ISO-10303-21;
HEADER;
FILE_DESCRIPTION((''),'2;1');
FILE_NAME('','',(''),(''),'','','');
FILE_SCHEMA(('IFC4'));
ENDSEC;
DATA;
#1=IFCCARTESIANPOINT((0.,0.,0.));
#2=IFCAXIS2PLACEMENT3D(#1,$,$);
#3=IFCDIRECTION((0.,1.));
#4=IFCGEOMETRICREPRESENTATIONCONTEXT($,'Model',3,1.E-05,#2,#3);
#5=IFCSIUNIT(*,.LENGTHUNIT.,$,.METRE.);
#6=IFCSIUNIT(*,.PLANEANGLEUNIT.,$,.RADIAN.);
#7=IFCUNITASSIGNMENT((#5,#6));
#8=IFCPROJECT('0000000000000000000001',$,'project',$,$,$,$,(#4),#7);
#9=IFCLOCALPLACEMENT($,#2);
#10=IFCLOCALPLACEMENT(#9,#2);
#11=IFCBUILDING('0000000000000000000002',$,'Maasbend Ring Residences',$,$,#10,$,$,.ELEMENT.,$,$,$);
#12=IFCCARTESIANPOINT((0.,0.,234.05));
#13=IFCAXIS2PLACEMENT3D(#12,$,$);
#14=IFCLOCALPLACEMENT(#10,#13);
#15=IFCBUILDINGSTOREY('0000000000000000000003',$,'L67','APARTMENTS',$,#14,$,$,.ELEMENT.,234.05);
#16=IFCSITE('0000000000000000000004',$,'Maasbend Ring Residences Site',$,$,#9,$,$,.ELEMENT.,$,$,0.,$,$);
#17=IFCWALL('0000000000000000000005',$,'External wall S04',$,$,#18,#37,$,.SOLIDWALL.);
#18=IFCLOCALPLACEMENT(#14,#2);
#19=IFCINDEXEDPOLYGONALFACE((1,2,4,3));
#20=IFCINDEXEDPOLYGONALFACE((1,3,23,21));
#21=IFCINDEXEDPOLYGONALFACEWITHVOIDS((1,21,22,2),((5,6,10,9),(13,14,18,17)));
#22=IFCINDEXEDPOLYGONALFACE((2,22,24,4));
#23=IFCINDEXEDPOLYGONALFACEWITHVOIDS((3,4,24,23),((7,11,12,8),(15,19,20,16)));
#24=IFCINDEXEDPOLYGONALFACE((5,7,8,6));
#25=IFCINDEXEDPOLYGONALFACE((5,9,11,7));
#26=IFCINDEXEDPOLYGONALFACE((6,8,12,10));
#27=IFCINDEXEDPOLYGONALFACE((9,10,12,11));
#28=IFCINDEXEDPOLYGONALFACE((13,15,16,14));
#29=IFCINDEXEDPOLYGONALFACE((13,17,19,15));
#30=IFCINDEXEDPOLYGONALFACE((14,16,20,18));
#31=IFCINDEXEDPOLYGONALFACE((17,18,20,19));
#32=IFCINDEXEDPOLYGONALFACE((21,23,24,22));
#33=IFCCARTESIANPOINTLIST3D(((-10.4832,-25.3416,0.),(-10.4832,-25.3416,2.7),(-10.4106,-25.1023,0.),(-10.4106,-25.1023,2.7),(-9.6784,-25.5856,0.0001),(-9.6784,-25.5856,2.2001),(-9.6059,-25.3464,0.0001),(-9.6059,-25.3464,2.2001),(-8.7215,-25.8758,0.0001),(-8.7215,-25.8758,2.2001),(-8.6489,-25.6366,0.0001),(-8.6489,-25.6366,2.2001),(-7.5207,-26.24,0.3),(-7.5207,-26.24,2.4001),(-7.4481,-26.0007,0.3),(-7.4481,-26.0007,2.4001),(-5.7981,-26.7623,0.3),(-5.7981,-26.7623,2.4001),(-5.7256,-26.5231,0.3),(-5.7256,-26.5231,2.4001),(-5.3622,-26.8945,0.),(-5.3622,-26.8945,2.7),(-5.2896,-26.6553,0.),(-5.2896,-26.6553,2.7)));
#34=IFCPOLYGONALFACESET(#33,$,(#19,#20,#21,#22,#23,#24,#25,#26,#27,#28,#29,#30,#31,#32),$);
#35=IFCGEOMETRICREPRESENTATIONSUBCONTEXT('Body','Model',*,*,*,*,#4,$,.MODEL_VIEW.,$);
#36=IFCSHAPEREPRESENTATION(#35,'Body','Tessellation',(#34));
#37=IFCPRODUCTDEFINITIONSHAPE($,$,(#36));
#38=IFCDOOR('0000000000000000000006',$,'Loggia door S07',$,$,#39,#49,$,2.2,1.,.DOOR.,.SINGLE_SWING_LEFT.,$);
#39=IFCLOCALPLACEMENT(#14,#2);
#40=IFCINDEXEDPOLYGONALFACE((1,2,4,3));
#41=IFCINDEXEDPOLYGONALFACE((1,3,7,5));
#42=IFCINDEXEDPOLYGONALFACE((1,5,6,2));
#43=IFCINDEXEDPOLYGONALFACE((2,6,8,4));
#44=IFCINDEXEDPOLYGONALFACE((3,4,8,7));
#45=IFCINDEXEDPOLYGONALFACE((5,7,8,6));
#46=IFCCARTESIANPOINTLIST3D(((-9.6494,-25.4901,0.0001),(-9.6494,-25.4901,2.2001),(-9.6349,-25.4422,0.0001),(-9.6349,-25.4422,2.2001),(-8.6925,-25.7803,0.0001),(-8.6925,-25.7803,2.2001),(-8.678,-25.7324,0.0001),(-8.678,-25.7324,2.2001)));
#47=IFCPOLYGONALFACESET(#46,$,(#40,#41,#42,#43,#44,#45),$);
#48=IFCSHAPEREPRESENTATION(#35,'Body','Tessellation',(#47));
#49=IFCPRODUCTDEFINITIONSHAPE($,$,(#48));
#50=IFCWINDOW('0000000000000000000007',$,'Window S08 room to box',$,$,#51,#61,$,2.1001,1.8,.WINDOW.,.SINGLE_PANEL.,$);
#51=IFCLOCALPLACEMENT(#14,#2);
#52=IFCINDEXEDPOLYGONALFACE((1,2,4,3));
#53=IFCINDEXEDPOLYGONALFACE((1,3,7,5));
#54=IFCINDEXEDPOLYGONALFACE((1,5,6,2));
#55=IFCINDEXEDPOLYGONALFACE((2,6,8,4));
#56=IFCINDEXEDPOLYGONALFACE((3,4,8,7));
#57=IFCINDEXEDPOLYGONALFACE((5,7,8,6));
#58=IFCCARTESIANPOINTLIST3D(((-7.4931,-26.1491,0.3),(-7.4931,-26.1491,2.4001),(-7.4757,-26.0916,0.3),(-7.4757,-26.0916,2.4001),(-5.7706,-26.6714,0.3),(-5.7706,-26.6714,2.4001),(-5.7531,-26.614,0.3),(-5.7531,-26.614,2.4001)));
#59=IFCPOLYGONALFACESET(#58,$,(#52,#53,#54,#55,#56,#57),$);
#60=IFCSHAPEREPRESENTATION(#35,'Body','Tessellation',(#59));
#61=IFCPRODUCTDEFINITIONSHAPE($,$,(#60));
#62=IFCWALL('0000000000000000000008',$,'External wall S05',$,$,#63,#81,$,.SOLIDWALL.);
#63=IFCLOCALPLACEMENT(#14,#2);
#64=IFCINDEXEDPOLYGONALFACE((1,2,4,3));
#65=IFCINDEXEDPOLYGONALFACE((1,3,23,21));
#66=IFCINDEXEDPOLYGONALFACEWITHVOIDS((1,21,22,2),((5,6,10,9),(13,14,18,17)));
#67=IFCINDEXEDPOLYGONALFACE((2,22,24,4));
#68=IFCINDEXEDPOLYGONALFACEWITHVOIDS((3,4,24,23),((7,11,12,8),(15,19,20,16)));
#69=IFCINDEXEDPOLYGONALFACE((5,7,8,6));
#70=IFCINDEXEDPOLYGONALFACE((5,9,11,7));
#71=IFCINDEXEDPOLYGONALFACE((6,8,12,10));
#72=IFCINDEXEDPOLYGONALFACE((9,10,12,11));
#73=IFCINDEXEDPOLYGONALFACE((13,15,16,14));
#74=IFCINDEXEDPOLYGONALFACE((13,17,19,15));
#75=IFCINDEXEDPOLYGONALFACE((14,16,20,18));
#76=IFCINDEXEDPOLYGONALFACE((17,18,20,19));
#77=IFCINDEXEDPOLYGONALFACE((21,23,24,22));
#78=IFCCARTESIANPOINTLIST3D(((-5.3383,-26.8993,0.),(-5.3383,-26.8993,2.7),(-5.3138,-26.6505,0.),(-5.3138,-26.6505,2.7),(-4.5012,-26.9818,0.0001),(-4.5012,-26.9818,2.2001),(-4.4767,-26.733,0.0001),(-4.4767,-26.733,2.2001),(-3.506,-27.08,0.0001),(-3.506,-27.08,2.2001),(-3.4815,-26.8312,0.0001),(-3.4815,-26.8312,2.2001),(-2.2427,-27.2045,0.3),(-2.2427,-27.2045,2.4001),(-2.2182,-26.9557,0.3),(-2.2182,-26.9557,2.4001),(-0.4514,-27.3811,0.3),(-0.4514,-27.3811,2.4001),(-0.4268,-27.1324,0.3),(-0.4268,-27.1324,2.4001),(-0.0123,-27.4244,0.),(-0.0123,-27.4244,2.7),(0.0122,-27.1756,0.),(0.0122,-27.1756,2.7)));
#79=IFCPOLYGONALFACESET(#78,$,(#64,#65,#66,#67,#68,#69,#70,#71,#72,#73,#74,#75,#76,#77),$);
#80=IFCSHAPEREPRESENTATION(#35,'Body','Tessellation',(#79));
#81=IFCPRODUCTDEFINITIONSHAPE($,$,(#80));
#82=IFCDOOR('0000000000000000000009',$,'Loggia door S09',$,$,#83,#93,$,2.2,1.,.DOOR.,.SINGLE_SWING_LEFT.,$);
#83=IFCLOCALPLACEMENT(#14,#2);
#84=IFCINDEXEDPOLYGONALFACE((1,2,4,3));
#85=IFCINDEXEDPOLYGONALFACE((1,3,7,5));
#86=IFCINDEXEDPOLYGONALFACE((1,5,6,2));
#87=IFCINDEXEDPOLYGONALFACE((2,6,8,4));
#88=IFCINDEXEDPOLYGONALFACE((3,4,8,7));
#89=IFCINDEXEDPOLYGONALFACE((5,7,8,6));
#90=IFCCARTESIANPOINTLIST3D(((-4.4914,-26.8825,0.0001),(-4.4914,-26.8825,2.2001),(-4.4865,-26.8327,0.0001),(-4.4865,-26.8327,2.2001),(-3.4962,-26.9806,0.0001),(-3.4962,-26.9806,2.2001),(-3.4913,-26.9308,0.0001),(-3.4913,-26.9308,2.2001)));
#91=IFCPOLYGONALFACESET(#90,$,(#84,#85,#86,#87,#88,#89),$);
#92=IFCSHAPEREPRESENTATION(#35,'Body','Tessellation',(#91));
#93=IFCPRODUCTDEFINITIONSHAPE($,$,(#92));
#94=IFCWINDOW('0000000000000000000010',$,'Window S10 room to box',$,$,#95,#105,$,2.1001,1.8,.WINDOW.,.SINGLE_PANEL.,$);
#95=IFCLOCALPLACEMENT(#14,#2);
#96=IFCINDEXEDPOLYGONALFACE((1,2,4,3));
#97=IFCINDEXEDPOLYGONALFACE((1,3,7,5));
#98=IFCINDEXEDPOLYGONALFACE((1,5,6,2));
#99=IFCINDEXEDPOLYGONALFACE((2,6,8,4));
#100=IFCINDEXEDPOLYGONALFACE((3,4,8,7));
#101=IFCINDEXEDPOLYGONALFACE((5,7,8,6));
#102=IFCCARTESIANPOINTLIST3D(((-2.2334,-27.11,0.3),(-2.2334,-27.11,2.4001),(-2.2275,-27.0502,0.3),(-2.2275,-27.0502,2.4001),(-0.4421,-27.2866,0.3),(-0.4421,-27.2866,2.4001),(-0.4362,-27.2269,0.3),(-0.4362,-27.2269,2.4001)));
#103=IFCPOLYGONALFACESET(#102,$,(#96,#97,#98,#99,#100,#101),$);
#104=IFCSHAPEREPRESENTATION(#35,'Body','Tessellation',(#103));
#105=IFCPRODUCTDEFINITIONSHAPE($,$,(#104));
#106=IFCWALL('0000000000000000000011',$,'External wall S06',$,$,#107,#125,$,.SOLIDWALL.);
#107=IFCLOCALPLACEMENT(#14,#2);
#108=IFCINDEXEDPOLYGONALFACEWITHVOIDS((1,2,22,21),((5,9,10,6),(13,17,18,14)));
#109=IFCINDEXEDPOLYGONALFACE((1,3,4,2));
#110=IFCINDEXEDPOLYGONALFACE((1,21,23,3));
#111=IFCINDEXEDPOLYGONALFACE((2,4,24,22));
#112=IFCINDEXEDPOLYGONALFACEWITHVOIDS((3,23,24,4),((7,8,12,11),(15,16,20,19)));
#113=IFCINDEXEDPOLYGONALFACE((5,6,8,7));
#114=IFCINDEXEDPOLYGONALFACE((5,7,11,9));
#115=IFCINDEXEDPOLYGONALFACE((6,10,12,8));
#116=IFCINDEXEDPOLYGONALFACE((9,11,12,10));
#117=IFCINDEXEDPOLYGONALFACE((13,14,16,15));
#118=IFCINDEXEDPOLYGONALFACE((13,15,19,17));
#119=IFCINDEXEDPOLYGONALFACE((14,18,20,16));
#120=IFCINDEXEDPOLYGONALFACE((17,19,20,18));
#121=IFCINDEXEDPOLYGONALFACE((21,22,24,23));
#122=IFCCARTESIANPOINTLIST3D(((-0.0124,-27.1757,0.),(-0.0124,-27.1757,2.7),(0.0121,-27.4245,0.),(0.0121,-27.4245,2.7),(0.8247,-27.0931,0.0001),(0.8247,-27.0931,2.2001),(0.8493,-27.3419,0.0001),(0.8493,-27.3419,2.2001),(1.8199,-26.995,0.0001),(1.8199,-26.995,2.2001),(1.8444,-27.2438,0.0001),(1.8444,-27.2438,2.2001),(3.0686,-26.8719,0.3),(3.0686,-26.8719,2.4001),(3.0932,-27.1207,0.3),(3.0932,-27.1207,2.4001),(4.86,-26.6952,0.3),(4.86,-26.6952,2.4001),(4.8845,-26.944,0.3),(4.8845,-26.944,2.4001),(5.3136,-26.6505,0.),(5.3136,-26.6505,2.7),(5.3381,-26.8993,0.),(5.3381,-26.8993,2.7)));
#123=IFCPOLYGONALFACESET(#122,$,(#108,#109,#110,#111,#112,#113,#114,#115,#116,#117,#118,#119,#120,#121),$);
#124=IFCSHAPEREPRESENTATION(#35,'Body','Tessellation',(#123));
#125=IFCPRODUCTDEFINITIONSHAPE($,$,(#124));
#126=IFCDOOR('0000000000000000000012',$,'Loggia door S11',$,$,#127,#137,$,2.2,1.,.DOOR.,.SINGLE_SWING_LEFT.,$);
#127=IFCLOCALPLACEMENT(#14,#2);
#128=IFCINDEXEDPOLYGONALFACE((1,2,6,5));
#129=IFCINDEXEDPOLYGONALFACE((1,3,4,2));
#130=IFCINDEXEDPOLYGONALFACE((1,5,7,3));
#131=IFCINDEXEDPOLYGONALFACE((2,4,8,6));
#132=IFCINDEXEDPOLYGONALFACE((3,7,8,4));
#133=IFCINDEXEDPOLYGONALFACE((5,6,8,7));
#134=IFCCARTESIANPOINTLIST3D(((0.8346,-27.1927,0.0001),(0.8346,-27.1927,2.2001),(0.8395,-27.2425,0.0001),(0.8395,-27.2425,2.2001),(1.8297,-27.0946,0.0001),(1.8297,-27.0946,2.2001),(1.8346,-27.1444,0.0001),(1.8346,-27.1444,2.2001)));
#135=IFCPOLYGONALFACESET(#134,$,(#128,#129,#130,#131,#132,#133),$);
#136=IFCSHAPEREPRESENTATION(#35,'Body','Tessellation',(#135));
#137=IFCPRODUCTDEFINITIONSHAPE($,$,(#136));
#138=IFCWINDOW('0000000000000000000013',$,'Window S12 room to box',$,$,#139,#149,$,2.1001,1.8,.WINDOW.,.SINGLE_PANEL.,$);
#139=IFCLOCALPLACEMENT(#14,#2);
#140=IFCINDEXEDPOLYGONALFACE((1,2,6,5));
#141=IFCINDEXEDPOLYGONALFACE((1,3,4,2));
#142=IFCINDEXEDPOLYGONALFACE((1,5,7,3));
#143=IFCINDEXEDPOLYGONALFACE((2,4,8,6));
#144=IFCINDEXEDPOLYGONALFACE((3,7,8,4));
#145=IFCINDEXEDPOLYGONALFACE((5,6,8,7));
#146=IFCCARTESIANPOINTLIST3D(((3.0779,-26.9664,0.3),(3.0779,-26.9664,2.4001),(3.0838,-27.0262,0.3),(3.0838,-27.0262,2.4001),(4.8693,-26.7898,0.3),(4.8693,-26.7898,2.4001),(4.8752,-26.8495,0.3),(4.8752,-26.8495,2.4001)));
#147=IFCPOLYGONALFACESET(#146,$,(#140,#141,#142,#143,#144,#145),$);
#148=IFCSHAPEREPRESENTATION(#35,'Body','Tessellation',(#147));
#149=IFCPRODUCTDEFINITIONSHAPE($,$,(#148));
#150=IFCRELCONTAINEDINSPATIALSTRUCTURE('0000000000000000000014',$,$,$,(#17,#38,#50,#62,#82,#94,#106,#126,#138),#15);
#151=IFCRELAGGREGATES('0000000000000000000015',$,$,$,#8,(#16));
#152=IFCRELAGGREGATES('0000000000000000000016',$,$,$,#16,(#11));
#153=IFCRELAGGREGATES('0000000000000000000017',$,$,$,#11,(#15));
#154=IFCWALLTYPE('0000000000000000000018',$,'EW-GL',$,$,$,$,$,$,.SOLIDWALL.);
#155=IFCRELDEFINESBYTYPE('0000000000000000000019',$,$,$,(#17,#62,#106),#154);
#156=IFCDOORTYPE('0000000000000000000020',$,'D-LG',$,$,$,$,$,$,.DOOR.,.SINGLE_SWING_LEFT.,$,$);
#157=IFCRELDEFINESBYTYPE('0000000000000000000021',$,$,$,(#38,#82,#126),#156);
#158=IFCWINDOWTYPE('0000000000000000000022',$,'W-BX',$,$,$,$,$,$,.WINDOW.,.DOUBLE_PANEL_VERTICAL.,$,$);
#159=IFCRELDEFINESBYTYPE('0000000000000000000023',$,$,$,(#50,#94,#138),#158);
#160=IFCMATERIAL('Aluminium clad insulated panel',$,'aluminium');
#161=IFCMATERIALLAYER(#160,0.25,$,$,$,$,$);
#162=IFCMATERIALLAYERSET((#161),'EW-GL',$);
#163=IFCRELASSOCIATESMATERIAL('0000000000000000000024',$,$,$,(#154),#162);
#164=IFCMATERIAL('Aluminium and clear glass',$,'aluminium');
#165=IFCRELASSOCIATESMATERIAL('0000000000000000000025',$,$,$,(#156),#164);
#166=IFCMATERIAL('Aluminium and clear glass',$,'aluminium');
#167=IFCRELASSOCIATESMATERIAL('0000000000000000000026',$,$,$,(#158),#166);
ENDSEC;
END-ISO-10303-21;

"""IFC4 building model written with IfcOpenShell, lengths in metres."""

from ifc_helpers import new_model, si_unit, direction, frame, frame_2d, origin, place, context, subcontext, project, spatial, rectangle, extrude, material, layer, layer_set, type_object, element, fill, save


model = new_model("IFC4")

# Units and contexts
model_context = context("Model", 3, precision=1e-05, world=origin(), true_north=direction((0.0, 1.0)))
body_context = subcontext(model_context, "Body", "Model", "MODEL_VIEW")
ifc_project = project(units=[si_unit("LENGTHUNIT", "METRE"), si_unit("PLANEANGLEUNIT", "RADIAN")], contexts=[model_context])

# Site, building, storey
site_placement = place(None, origin())
site = spatial("IfcSite", under=ifc_project, at=site_placement, Name="Maasbend Ring Residences Site", CompositionType="ELEMENT", RefElevation=0.0)
building_placement = place(site_placement, origin())
building = spatial("IfcBuilding", under=site, at=building_placement, Name="Maasbend Ring Residences", CompositionType="ELEMENT")
storey_placement = place(building_placement, frame((0.0, 0.0, 234.05)))
storey = spatial("IfcBuildingStorey", under=building, at=storey_placement, Name="L67", Description="APARTMENTS", CompositionType="ELEMENT", Elevation=234.05)

# Walls, openings, doors, windows
ifc_material_1 = material(Name="Aluminium clad insulated panel", Category="aluminium")
ifc_layer_1 = layer(ifc_material_1, 0.25)
ifc_layer_set_1 = layer_set([ifc_layer_1], Name="EW-GL")
wall_type_1 = type_object("IfcWallType", Name="EW-GL", PredefinedType="SOLIDWALL", material=ifc_layer_set_1)
wall_1_placement = place(storey_placement, frame((-10.447, -25.2219, 0.0), z_axis=(0.0, 0.0, 1.0), x_axis=(0.956966, -0.290201, 0.0)))
wall_1 = element("IfcWall", 1, at=wall_1_placement, inside=storey, type_object=wall_type_1, Name="External wall S04", PredefinedType="SOLIDWALL", context=body_context, shape_type="SweptSolid", body=[
    extrude(rectangle(XDim=5.3513, YDim=0.25, at=frame_2d((2.6758, 0.0))), origin(), (0.0, 0.0, 1.0), 2.7),
])
opening_1_placement = place(wall_1_placement, frame((0.8411, 0.0, 0.0)))
opening_1 = element("IfcOpeningElement", 2, at=opening_1_placement, cuts=wall_1, PredefinedType="OPENING", context=body_context, shape_type="SweptSolid", body=[
    extrude(rectangle(XDim=1.0, YDim=2.2, at=frame_2d((0.5, 1.1001))), frame((0.0, 0.135, 0.0), z_axis=(0.0, -1.0, 0.0), x_axis=(1.0, 0.0, 0.0)), (0.0, 0.0, 1.0), 0.27),
])
opening_2_placement = place(wall_1_placement, frame((3.0959, 0.0, 0.3)))
opening_2 = element("IfcOpeningElement", 3, at=opening_2_placement, cuts=wall_1, PredefinedType="OPENING", context=body_context, shape_type="SweptSolid", body=[
    extrude(rectangle(XDim=1.8, YDim=2.1001, at=frame_2d((0.8999, 1.05))), frame((0.0, 0.135, 0.0), z_axis=(0.0, -1.0, 0.0), x_axis=(1.0, 0.0, 0.0)), (0.0, 0.0, 1.0), 0.27),
])
ifc_material_2 = material(Name="Aluminium and clear glass", Category="aluminium")
door_type_1 = type_object("IfcDoorType", Name="D-LG", OperationType="SINGLE_SWING_LEFT", PredefinedType="DOOR", material=ifc_material_2)
door_1_placement = place(opening_1_placement, origin())
door_1 = element("IfcDoor", 4, at=door_1_placement, inside=storey, type_object=door_type_1, Name="Loggia door S07", OperationType="SINGLE_SWING_LEFT", OverallHeight=2.2, OverallWidth=1.0, PredefinedType="DOOR", context=body_context, shape_type="SweptSolid", body=[
    extrude(rectangle(XDim=1.0, YDim=2.2, at=frame_2d((0.5, 1.1001))), frame((0.0, 0.0249, 0.0), z_axis=(0.0, -1.0, 0.0), x_axis=(1.0, 0.0, 0.0)), (0.0, 0.0, 1.0), 0.05),
])
fill(opening_1, door_1)
ifc_material_3 = material(Name="Aluminium and clear glass", Category="aluminium")
window_type_1 = type_object("IfcWindowType", Name="W-BX", PartitioningType="DOUBLE_PANEL_VERTICAL", PredefinedType="WINDOW", material=ifc_material_3)
window_1_placement = place(opening_2_placement, origin())
window_1 = element("IfcWindow", 5, at=window_1_placement, inside=storey, type_object=window_type_1, Name="Window S08 room to box", OverallHeight=2.1001, OverallWidth=1.8, PartitioningType="SINGLE_PANEL", PredefinedType="WINDOW", context=body_context, shape_type="SweptSolid", body=[
    extrude(rectangle(XDim=1.8, YDim=2.1001, at=frame_2d((0.8999, 1.05))), frame((0.0, 0.03, 0.0), z_axis=(0.0, -1.0, 0.0), x_axis=(1.0, 0.0, 0.0)), (0.0, 0.0, 1.0), 0.0601),
])
fill(opening_2, window_1)
wall_2_placement = place(storey_placement, frame((-5.3259, -26.7749, 0.0), z_axis=(0.0, 0.0, 1.0), x_axis=(0.995174, -0.098126, 0.0)))
wall_2 = element("IfcWall", 6, at=wall_2_placement, inside=storey, type_object=wall_type_1, Name="External wall S05", PredefinedType="SOLIDWALL", context=body_context, shape_type="SweptSolid", body=[
    extrude(rectangle(XDim=5.3518, YDim=0.25, at=frame_2d((2.6758, 0.0))), origin(), (0.0, 0.0, 1.0), 2.7),
])
opening_3_placement = place(wall_2_placement, frame((0.8411, 0.0, 0.0)))
opening_3 = element("IfcOpeningElement", 7, at=opening_3_placement, cuts=wall_2, PredefinedType="OPENING", context=body_context, shape_type="SweptSolid", body=[
    extrude(rectangle(XDim=1.0, YDim=2.2, at=frame_2d((0.5, 1.1001))), frame((0.0, 0.135, 0.0), z_axis=(0.0, -1.0, 0.0), x_axis=(1.0, 0.0, 0.0)), (0.0, 0.0, 1.0), 0.27),
])
opening_4_placement = place(wall_2_placement, frame((3.1106, 0.0, 0.3)))
opening_4 = element("IfcOpeningElement", 8, at=opening_4_placement, cuts=wall_2, PredefinedType="OPENING", context=body_context, shape_type="SweptSolid", body=[
    extrude(rectangle(XDim=1.8, YDim=2.1001, at=frame_2d((0.8999, 1.05))), frame((0.0, 0.135, 0.0), z_axis=(0.0, -1.0, 0.0), x_axis=(1.0, 0.0, 0.0)), (0.0, 0.0, 1.0), 0.27),
])
door_2_placement = place(opening_3_placement, origin())
door_2 = element("IfcDoor", 9, at=door_2_placement, inside=storey, type_object=door_type_1, Name="Loggia door S09", OperationType="SINGLE_SWING_LEFT", OverallHeight=2.2, OverallWidth=1.0, PredefinedType="DOOR", context=body_context, shape_type="SweptSolid", body=[
    extrude(rectangle(XDim=1.0, YDim=2.2, at=frame_2d((0.5, 1.1001))), frame((0.0, 0.0249, 0.0), z_axis=(0.0, -1.0, 0.0), x_axis=(1.0, 0.0, 0.0)), (0.0, 0.0, 1.0), 0.05),
])
fill(opening_3, door_2)
window_2_placement = place(opening_4_placement, origin())
window_2 = element("IfcWindow", 10, at=window_2_placement, inside=storey, type_object=window_type_1, Name="Window S10 room to box", OverallHeight=2.1001, OverallWidth=1.8, PartitioningType="SINGLE_PANEL", PredefinedType="WINDOW", context=body_context, shape_type="SweptSolid", body=[
    extrude(rectangle(XDim=1.8, YDim=2.1001, at=frame_2d((0.8999, 1.05))), frame((0.0, 0.03, 0.0), z_axis=(0.0, -1.0, 0.0), x_axis=(1.0, 0.0, 0.0)), (0.0, 0.0, 1.0), 0.0601),
])
fill(opening_4, window_2)
wall_3_placement = place(storey_placement, frame((0.0, -27.3, 0.0), z_axis=(0.0, 0.0, 1.0), x_axis=(0.995174, 0.098126, 0.0)))
wall_3 = element("IfcWall", 11, at=wall_3_placement, inside=storey, type_object=wall_type_1, Name="External wall S06", PredefinedType="SOLIDWALL", context=body_context, shape_type="SweptSolid", body=[
    extrude(rectangle(XDim=5.3518, YDim=0.25, at=frame_2d((2.6758, 0.0))), origin(), (0.0, 0.0, 1.0), 2.7),
])
opening_5_placement = place(wall_3_placement, frame((0.8411, 0.0, 0.0)))
opening_5 = element("IfcOpeningElement", 12, at=opening_5_placement, cuts=wall_3, PredefinedType="OPENING", context=body_context, shape_type="SweptSolid", body=[
    extrude(rectangle(XDim=1.0, YDim=2.2, at=frame_2d((0.5, 1.1001))), frame((0.0, 0.135, 0.0), z_axis=(0.0, -1.0, 0.0), x_axis=(1.0, 0.0, 0.0)), (0.0, 0.0, 1.0), 0.27),
])
opening_6_placement = place(wall_3_placement, frame((3.0959, 0.0, 0.3)))
opening_6 = element("IfcOpeningElement", 13, at=opening_6_placement, cuts=wall_3, PredefinedType="OPENING", context=body_context, shape_type="SweptSolid", body=[
    extrude(rectangle(XDim=1.8, YDim=2.1001, at=frame_2d((0.8999, 1.05))), frame((0.0, 0.135, 0.0), z_axis=(0.0, -1.0, 0.0), x_axis=(1.0, 0.0, 0.0)), (0.0, 0.0, 1.0), 0.27),
])
door_3_placement = place(opening_5_placement, origin())
door_3 = element("IfcDoor", 14, at=door_3_placement, inside=storey, type_object=door_type_1, Name="Loggia door S11", OperationType="SINGLE_SWING_LEFT", OverallHeight=2.2, OverallWidth=1.0, PredefinedType="DOOR", context=body_context, shape_type="SweptSolid", body=[
    extrude(rectangle(XDim=1.0, YDim=2.2, at=frame_2d((0.5, 1.1001))), frame((0.0, 0.0249, 0.0), z_axis=(0.0, -1.0, 0.0), x_axis=(1.0, 0.0, 0.0)), (0.0, 0.0, 1.0), 0.05),
])
fill(opening_5, door_3)
window_3_placement = place(opening_6_placement, origin())
window_3 = element("IfcWindow", 15, at=window_3_placement, inside=storey, type_object=window_type_1, Name="Window S12 room to box", OverallHeight=2.1001, OverallWidth=1.8, PartitioningType="SINGLE_PANEL", PredefinedType="WINDOW", context=body_context, shape_type="SweptSolid", body=[
    extrude(rectangle(XDim=1.8, YDim=2.1001, at=frame_2d((0.8999, 1.05))), frame((0.0, 0.03, 0.0), z_axis=(0.0, -1.0, 0.0), x_axis=(1.0, 0.0, 0.0)), (0.0, 0.0, 1.0), 0.0601),
])
fill(opening_6, window_3)

save(model, "model.ifc")
